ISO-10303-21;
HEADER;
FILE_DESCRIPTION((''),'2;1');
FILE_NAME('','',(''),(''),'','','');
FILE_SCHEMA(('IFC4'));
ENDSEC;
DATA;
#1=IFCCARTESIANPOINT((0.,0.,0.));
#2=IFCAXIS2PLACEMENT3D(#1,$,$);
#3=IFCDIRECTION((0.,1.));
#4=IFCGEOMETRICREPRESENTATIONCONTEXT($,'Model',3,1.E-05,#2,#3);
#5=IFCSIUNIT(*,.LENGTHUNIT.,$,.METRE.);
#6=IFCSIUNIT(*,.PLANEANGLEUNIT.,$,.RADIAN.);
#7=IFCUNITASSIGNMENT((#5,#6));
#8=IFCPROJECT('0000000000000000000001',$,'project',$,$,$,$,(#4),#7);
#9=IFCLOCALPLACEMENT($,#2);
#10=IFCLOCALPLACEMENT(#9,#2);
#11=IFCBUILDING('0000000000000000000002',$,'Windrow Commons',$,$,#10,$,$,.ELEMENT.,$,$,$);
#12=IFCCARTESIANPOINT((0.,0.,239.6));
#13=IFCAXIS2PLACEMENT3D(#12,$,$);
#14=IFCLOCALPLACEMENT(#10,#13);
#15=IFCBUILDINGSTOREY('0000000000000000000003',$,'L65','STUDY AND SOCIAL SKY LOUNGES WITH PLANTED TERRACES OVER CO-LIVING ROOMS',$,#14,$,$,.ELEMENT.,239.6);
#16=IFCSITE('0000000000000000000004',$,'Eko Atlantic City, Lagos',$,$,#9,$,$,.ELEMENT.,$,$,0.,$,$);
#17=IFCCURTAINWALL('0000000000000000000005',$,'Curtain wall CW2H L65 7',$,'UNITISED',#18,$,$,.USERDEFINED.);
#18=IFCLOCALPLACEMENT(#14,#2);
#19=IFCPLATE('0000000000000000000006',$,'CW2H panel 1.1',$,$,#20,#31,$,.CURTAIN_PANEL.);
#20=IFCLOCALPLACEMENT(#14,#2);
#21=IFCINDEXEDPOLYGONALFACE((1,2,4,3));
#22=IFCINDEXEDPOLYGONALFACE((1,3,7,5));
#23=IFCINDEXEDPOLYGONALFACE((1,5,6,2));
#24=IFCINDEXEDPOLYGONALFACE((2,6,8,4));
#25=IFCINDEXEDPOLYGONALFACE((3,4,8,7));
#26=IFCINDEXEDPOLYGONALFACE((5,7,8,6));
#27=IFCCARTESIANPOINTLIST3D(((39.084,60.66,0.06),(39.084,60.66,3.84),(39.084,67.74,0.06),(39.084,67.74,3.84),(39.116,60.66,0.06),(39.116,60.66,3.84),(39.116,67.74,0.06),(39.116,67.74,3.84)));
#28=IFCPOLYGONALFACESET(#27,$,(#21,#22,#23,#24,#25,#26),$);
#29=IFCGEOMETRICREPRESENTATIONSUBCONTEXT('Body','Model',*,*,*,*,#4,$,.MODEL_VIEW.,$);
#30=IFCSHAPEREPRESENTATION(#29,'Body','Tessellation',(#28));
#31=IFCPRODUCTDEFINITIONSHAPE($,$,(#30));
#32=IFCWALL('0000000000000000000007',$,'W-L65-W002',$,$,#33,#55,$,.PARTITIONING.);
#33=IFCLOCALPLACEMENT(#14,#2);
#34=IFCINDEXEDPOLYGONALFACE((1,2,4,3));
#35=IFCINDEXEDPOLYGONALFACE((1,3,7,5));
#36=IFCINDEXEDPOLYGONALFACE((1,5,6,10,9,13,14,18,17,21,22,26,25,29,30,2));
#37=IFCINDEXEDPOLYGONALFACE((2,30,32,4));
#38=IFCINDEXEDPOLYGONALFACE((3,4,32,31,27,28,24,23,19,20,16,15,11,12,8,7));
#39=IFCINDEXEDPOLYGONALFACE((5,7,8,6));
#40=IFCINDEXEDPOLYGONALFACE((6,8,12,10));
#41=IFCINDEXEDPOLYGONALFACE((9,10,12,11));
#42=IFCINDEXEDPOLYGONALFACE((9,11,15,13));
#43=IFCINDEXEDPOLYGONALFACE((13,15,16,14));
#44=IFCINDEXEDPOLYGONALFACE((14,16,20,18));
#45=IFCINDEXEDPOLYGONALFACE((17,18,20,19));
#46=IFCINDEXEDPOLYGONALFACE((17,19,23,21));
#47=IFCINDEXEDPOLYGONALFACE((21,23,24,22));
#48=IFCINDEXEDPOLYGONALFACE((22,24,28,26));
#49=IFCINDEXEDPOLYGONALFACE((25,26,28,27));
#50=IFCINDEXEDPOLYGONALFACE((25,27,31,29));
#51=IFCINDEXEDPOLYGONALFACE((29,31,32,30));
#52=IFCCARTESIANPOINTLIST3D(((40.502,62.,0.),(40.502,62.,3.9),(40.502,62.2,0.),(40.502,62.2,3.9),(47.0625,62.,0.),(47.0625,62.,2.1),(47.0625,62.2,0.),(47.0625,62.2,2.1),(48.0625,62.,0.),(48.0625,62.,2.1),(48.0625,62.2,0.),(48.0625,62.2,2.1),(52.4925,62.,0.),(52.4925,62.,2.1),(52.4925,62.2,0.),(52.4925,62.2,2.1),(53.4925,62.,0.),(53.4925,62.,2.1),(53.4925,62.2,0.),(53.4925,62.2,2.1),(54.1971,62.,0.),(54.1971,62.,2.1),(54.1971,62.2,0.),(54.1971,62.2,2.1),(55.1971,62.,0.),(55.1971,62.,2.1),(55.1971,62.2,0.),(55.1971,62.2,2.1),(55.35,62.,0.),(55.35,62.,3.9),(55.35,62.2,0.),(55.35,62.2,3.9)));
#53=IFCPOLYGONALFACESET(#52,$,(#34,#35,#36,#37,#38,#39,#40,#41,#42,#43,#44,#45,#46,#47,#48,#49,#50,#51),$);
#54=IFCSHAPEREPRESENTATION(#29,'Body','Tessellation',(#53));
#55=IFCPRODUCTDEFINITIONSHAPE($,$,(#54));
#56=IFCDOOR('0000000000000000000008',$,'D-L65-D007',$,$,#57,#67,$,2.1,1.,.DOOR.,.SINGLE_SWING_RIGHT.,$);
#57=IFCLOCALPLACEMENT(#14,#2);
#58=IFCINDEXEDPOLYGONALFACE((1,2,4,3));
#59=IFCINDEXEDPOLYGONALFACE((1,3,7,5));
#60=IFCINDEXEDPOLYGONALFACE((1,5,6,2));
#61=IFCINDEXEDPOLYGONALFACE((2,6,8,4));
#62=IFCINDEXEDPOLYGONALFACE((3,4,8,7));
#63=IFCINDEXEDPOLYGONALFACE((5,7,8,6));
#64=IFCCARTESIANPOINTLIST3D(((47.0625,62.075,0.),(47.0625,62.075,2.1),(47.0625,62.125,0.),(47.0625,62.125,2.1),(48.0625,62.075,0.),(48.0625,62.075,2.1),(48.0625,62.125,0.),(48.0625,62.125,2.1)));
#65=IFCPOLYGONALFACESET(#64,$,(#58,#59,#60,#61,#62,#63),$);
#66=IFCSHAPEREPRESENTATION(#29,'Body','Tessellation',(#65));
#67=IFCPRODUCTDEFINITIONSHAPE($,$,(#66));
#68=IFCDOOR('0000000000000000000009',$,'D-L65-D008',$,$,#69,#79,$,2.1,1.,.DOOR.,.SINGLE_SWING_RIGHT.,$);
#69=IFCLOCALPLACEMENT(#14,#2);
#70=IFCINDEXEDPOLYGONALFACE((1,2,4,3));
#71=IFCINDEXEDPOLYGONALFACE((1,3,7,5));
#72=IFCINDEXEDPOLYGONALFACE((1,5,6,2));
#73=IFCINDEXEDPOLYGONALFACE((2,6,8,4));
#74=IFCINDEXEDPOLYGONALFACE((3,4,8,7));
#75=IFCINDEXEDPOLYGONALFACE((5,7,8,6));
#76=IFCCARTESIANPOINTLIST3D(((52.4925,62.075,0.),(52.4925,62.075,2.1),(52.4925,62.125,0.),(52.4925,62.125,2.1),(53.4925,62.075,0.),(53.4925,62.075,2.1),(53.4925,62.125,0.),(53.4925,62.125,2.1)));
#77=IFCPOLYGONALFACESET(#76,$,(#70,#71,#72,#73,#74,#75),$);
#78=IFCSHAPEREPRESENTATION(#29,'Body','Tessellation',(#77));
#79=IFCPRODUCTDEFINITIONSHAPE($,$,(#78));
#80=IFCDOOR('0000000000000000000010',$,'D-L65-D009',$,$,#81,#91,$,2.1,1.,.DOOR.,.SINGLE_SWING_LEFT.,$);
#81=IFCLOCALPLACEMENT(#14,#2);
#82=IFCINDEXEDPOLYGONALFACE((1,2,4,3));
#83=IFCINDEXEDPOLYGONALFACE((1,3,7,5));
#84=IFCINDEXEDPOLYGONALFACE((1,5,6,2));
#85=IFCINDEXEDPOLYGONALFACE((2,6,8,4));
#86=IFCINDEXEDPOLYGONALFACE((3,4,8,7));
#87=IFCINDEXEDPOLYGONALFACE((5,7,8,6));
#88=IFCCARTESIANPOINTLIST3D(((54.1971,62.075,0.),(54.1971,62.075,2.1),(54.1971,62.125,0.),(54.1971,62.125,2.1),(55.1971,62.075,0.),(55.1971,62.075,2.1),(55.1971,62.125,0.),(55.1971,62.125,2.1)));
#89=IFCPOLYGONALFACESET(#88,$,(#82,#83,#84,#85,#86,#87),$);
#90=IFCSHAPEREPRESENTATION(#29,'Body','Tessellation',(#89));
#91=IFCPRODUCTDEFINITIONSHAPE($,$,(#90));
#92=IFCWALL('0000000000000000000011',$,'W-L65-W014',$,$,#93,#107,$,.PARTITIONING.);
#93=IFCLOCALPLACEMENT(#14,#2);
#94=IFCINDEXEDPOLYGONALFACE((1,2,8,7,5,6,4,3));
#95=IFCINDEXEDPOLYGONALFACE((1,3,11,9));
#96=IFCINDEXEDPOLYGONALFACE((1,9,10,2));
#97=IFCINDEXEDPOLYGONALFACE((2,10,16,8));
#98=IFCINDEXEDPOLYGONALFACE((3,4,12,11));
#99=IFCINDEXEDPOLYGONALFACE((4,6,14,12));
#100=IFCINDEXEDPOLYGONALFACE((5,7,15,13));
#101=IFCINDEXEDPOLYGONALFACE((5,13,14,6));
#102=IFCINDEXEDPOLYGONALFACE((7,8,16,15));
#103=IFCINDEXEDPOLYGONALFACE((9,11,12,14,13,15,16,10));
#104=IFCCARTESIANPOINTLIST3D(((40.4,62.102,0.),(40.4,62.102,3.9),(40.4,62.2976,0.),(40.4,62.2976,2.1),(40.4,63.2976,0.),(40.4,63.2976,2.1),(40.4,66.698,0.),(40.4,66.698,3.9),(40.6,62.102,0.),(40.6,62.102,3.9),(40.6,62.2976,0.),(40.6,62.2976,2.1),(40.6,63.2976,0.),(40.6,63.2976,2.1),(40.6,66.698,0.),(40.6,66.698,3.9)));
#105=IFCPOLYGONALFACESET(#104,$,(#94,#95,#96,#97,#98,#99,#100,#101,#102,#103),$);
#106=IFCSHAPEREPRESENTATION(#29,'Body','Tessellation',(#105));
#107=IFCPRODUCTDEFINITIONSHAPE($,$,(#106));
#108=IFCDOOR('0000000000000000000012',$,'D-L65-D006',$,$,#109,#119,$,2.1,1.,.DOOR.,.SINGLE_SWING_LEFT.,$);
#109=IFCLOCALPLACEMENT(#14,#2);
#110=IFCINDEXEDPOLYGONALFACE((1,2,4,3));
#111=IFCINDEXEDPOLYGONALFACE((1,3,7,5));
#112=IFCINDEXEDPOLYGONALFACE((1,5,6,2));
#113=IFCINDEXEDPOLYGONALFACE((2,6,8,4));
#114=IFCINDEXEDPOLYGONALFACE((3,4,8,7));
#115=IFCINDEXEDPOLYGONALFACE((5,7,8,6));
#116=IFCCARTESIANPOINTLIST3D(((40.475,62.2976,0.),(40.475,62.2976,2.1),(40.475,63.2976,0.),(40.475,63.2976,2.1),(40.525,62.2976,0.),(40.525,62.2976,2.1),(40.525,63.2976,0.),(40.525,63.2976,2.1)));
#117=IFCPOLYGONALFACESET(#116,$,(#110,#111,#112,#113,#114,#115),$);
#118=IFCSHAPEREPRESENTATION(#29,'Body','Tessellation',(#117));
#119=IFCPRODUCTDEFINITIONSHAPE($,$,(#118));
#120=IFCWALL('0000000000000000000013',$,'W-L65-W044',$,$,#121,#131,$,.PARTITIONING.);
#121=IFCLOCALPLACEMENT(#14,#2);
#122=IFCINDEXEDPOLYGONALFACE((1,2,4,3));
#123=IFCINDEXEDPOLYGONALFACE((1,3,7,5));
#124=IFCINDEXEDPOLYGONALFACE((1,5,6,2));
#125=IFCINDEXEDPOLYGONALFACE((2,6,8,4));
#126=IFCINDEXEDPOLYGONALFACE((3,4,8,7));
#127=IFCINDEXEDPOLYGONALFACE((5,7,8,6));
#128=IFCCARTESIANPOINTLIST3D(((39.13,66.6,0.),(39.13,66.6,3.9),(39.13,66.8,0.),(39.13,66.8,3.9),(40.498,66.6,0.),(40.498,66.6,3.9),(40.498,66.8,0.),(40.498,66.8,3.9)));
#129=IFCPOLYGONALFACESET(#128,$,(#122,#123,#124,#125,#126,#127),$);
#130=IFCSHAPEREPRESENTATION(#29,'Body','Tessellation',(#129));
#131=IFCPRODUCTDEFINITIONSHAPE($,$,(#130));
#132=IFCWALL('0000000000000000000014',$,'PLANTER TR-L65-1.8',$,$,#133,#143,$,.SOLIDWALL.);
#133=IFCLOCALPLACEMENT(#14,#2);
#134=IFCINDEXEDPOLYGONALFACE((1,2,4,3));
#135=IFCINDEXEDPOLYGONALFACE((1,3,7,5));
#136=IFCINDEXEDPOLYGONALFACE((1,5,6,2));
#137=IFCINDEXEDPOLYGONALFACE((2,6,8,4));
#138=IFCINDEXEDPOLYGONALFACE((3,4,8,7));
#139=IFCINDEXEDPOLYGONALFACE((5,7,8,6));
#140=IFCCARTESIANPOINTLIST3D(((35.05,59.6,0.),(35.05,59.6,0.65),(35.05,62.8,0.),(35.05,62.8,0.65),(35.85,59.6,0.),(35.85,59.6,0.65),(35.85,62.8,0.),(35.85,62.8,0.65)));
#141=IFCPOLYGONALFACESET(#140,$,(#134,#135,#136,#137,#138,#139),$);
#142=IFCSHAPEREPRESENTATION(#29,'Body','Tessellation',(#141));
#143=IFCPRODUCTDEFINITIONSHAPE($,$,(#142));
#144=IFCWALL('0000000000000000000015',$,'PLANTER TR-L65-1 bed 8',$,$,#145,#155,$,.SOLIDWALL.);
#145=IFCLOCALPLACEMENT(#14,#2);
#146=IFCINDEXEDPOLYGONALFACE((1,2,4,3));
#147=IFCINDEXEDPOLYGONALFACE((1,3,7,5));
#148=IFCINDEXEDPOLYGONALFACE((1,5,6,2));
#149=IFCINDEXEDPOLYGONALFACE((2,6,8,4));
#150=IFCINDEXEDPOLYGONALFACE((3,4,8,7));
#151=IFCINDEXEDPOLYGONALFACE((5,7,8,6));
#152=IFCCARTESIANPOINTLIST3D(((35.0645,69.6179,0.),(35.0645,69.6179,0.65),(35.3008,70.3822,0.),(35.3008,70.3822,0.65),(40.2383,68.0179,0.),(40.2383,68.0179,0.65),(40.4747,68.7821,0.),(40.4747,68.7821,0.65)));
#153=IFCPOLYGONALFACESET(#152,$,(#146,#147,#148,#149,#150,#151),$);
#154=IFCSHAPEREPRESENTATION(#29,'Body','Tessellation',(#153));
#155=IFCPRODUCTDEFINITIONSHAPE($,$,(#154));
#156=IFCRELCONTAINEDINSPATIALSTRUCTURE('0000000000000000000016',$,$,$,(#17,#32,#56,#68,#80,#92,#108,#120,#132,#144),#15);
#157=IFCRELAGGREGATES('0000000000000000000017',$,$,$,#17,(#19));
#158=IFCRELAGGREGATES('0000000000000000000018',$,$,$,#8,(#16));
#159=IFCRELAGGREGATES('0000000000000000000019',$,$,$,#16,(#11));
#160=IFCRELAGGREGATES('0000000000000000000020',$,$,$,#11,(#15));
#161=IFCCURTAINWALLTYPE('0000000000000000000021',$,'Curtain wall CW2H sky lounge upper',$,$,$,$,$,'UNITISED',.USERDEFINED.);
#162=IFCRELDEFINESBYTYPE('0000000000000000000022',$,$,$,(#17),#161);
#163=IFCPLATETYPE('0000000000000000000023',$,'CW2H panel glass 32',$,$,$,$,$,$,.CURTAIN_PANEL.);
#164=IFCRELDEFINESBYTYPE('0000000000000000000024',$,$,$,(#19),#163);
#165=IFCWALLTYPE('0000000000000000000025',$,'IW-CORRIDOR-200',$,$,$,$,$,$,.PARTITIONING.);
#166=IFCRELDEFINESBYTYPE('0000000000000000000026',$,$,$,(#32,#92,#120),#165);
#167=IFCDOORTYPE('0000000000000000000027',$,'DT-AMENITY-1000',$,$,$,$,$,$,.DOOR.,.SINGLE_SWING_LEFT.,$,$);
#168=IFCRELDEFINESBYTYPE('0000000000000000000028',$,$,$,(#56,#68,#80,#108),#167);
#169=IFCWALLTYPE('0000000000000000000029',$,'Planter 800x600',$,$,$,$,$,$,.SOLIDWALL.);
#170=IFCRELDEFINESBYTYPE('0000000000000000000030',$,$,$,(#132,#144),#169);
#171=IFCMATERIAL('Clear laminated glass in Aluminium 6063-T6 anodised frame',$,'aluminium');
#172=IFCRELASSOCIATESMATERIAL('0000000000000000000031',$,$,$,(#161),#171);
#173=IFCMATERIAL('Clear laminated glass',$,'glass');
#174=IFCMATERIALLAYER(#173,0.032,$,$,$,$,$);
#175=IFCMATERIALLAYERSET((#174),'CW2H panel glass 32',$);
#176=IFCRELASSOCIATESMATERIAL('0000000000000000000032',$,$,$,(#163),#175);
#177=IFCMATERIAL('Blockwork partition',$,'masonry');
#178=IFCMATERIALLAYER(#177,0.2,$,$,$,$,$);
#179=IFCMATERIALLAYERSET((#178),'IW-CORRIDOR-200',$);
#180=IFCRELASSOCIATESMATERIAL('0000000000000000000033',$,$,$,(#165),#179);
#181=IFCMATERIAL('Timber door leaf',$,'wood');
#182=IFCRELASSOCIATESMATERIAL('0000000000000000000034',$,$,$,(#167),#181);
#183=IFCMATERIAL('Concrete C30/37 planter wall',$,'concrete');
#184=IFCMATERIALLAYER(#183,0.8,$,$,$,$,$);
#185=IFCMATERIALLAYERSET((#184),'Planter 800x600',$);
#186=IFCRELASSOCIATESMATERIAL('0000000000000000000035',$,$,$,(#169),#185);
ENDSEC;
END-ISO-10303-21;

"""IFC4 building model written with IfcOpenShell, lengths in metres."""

from ifc_helpers import new_model, si_unit, direction, frame, frame_2d, origin, origin_2d, place, context, subcontext, project, spatial, rectangle, extrude, material, layer, layer_set, type_object, element, fill, aggregate, save


model = new_model("IFC4")

# Units and contexts
model_context = context("Model", 3, precision=1e-05, world=origin(), true_north=direction((0.0, 1.0)))
body_context = subcontext(model_context, "Body", "Model", "MODEL_VIEW")
ifc_project = project(units=[si_unit("LENGTHUNIT", "METRE"), si_unit("PLANEANGLEUNIT", "RADIAN")], contexts=[model_context])

# Site, building, storey
site_placement = place(None, origin())
site = spatial("IfcSite", under=ifc_project, at=site_placement, Name="Eko Atlantic City, Lagos", CompositionType="ELEMENT", RefElevation=0.0)
building_placement = place(site_placement, origin())
building = spatial("IfcBuilding", under=site, at=building_placement, Name="Windrow Commons", CompositionType="ELEMENT")
storey_placement = place(building_placement, frame((0.0, 0.0, 239.6)))
storey = spatial("IfcBuildingStorey", under=building, at=storey_placement, Name="L65", Description="STUDY AND SOCIAL SKY LOUNGES WITH PLANTED TERRACES OVER CO-LIVING ROOMS", CompositionType="ELEMENT", Elevation=239.6)

# Shared definitions
ifc_material_1 = material(Name="Clear laminated glass in Aluminium 6063-T6 anodised frame", Category="aluminium")
curtain_wall_type = type_object("IfcCurtainWallType", Name="Curtain wall CW2H sky lounge upper", ElementType="UNITISED", PredefinedType="USERDEFINED", material=ifc_material_1)
placement = place(storey_placement, origin())

# Curtain wall
curtain_wall_1 = element("IfcCurtainWall", 1, at=placement, inside=storey, type_object=curtain_wall_type, Name="Curtain wall CW2H L65 7", ObjectType="UNITISED", PredefinedType="USERDEFINED")

# Plate
ifc_material_2 = material(Name="Clear laminated glass", Category="glass")
ifc_layer_1 = layer(ifc_material_2, 0.032)
ifc_layer_set_1 = layer_set([ifc_layer_1], Name="CW2H panel glass 32")
plate_type = type_object("IfcPlateType", Name="CW2H panel glass 32", PredefinedType="CURTAIN_PANEL", material=ifc_layer_set_1)
plate_1_placement = place(storey_placement, frame((39.1, 64.2, 0.06), z_axis=(0.0, 0.0, 1.0), x_axis=(0.0, -1.0, 0.0)))
plate_1 = element("IfcPlate", 2, at=plate_1_placement, type_object=plate_type, Name="CW2H panel 1.1", PredefinedType="CURTAIN_PANEL", context=body_context, shape_type="SweptSolid", body=[
    extrude(rectangle(XDim=7.08, YDim=0.032, at=origin_2d()), origin(), (0.0, 0.0, 1.0), 3.78),
])
aggregate(curtain_wall_1, [plate_1])

# Wall, openings, doors
ifc_material_3 = material(Name="Blockwork partition", Category="masonry")
ifc_layer_2 = layer(ifc_material_3, 0.2)
ifc_layer_set_2 = layer_set([ifc_layer_2], Name="IW-CORRIDOR-200")
wall_type_1 = type_object("IfcWallType", Name="IW-CORRIDOR-200", PredefinedType="PARTITIONING", material=ifc_layer_set_2)
wall_1_placement = place(storey_placement, frame((40.502, 62.1, 0.0), z_axis=(0.0, 0.0, 1.0), x_axis=(1.0, 0.0, 0.0)))
wall_1 = element("IfcWall", 3, at=wall_1_placement, inside=storey, type_object=wall_type_1, Name="W-L65-W002", PredefinedType="PARTITIONING", context=body_context, shape_type="SweptSolid", body=[
    extrude(rectangle(XDim=14.848, YDim=0.2, at=frame_2d((7.424, 0.0))), origin(), (0.0, 0.0, 1.0), 3.9),
])
opening_1_placement = place(wall_1_placement, frame((6.5605, 0.0, 0.0)))
opening_1 = element("IfcOpeningElement", 4, at=opening_1_placement, cuts=wall_1, PredefinedType="OPENING", context=body_context, shape_type="SweptSolid", body=[
    extrude(rectangle(XDim=1.0, YDim=2.1, at=frame_2d((0.5, 1.05))), frame((0.0, 0.11, 0.0), z_axis=(0.0, -1.0, 0.0), x_axis=(1.0, 0.0, 0.0)), (0.0, 0.0, 1.0), 0.22),
])
opening_2_placement = place(wall_1_placement, frame((11.9905, 0.0, 0.0)))
opening_2 = element("IfcOpeningElement", 5, at=opening_2_placement, cuts=wall_1, PredefinedType="OPENING", context=body_context, shape_type="SweptSolid", body=[
    extrude(rectangle(XDim=1.0, YDim=2.1, at=frame_2d((0.5, 1.05))), frame((0.0, 0.11, 0.0), z_axis=(0.0, -1.0, 0.0), x_axis=(1.0, 0.0, 0.0)), (0.0, 0.0, 1.0), 0.22),
])
opening_3_placement = place(wall_1_placement, frame((13.6951, 0.0, 0.0)))
opening_3 = element("IfcOpeningElement", 6, at=opening_3_placement, cuts=wall_1, PredefinedType="OPENING", context=body_context, shape_type="SweptSolid", body=[
    extrude(rectangle(XDim=1.0, YDim=2.1, at=frame_2d((0.5, 1.05))), frame((0.0, 0.11, 0.0), z_axis=(0.0, -1.0, 0.0), x_axis=(1.0, 0.0, 0.0)), (0.0, 0.0, 1.0), 0.22),
])
ifc_material_4 = material(Name="Timber door leaf", Category="wood")
door_type = type_object("IfcDoorType", Name="DT-AMENITY-1000", OperationType="SINGLE_SWING_LEFT", PredefinedType="DOOR", material=ifc_material_4)
door_1_placement = place(opening_1_placement, origin())
door_1 = element("IfcDoor", 7, at=door_1_placement, inside=storey, type_object=door_type, Name="D-L65-D007", OperationType="SINGLE_SWING_RIGHT", OverallHeight=2.1, OverallWidth=1.0, PredefinedType="DOOR", context=body_context, shape_type="SweptSolid", body=[
    extrude(rectangle(XDim=1.0, YDim=2.1, at=frame_2d((0.5, 1.05))), frame((0.0, 0.025, 0.0), z_axis=(0.0, -1.0, 0.0), x_axis=(1.0, 0.0, 0.0)), (0.0, 0.0, 1.0), 0.05),
])
fill(opening_1, door_1)
door_2_placement = place(opening_2_placement, origin())
door_2 = element("IfcDoor", 8, at=door_2_placement, inside=storey, type_object=door_type, Name="D-L65-D008", OperationType="SINGLE_SWING_RIGHT", OverallHeight=2.1, OverallWidth=1.0, PredefinedType="DOOR", context=body_context, shape_type="SweptSolid", body=[
    extrude(rectangle(XDim=1.0, YDim=2.1, at=frame_2d((0.5, 1.05))), frame((0.0, 0.025, 0.0), z_axis=(0.0, -1.0, 0.0), x_axis=(1.0, 0.0, 0.0)), (0.0, 0.0, 1.0), 0.05),
])
fill(opening_2, door_2)
door_3_placement = place(opening_3_placement, origin())
door_3 = element("IfcDoor", 9, at=door_3_placement, inside=storey, type_object=door_type, Name="D-L65-D009", OperationType="SINGLE_SWING_LEFT", OverallHeight=2.1, OverallWidth=1.0, PredefinedType="DOOR", context=body_context, shape_type="SweptSolid", body=[
    extrude(rectangle(XDim=1.0, YDim=2.1, at=frame_2d((0.5, 1.05))), frame((0.0, 0.025, 0.0), z_axis=(0.0, -1.0, 0.0), x_axis=(1.0, 0.0, 0.0)), (0.0, 0.0, 1.0), 0.05),
])
fill(opening_3, door_3)

# Wall, opening, door
wall_2_placement = place(storey_placement, frame((40.5, 62.102, 0.0), z_axis=(0.0, 0.0, 1.0), x_axis=(0.0, 1.0, 0.0)))
wall_2 = element("IfcWall", 10, at=wall_2_placement, inside=storey, type_object=wall_type_1, Name="W-L65-W014", PredefinedType="PARTITIONING", context=body_context, shape_type="SweptSolid", body=[
    extrude(rectangle(XDim=4.596, YDim=0.2, at=frame_2d((2.298, 0.0))), origin(), (0.0, 0.0, 1.0), 3.9),
])
opening_4_placement = place(wall_2_placement, frame((0.1956, 0.0, 0.0)))
opening_4 = element("IfcOpeningElement", 11, at=opening_4_placement, cuts=wall_2, PredefinedType="OPENING", context=body_context, shape_type="SweptSolid", body=[
    extrude(rectangle(XDim=1.0, YDim=2.1, at=frame_2d((0.5, 1.05))), frame((0.0, 0.11, 0.0), z_axis=(0.0, -1.0, 0.0), x_axis=(1.0, 0.0, 0.0)), (0.0, 0.0, 1.0), 0.22),
])
door_4_placement = place(opening_4_placement, origin())
door_4 = element("IfcDoor", 12, at=door_4_placement, inside=storey, type_object=door_type, Name="D-L65-D006", OperationType="SINGLE_SWING_LEFT", OverallHeight=2.1, OverallWidth=1.0, PredefinedType="DOOR", context=body_context, shape_type="SweptSolid", body=[
    extrude(rectangle(XDim=1.0, YDim=2.1, at=frame_2d((0.5, 1.05))), frame((0.0, 0.025, 0.0), z_axis=(0.0, -1.0, 0.0), x_axis=(1.0, 0.0, 0.0)), (0.0, 0.0, 1.0), 0.05),
])
fill(opening_4, door_4)

# Walls
wall_3_placement = place(storey_placement, frame((39.13, 66.7, 0.0), z_axis=(0.0, 0.0, 1.0), x_axis=(1.0, 0.0, 0.0)))
element("IfcWall", 13, at=wall_3_placement, inside=storey, type_object=wall_type_1, Name="W-L65-W044", PredefinedType="PARTITIONING", context=body_context, shape_type="SweptSolid", body=[
    extrude(rectangle(XDim=1.368, YDim=0.2, at=frame_2d((0.684, 0.0))), origin(), (0.0, 0.0, 1.0), 3.9),
])
ifc_material_5 = material(Name="Concrete C30/37 planter wall", Category="concrete")
ifc_layer_3 = layer(ifc_material_5, 0.8)
ifc_layer_set_3 = layer_set([ifc_layer_3], Name="Planter 800x600")
wall_type_2 = type_object("IfcWallType", Name="Planter 800x600", PredefinedType="SOLIDWALL", material=ifc_layer_set_3)
wall_4_placement = place(storey_placement, frame((35.45, 62.8, 0.0), z_axis=(0.0, 0.0, 1.0), x_axis=(0.0, -1.0, 0.0)))
element("IfcWall", 14, at=wall_4_placement, inside=storey, type_object=wall_type_2, Name="PLANTER TR-L65-1.8", PredefinedType="SOLIDWALL", context=body_context, shape_type="SweptSolid", body=[
    extrude(rectangle(XDim=3.2, YDim=0.8, at=frame_2d((1.6, 0.0))), origin(), (0.0, 0.0, 1.0), 0.65),
])
wall_5_placement = place(storey_placement, frame((40.3565, 68.4, 0.0), z_axis=(0.0, 0.0, 1.0), x_axis=(-0.95536, 0.295445, 0.0)))
element("IfcWall", 15, at=wall_5_placement, inside=storey, type_object=wall_type_2, Name="PLANTER TR-L65-1 bed 8", PredefinedType="SOLIDWALL", context=body_context, shape_type="SweptSolid", body=[
    extrude(rectangle(XDim=5.4156, YDim=0.8, at=frame_2d((2.7078, 0.0))), origin(), (0.0, 0.0, 1.0), 0.65),
])

save(model, "model.ifc")
